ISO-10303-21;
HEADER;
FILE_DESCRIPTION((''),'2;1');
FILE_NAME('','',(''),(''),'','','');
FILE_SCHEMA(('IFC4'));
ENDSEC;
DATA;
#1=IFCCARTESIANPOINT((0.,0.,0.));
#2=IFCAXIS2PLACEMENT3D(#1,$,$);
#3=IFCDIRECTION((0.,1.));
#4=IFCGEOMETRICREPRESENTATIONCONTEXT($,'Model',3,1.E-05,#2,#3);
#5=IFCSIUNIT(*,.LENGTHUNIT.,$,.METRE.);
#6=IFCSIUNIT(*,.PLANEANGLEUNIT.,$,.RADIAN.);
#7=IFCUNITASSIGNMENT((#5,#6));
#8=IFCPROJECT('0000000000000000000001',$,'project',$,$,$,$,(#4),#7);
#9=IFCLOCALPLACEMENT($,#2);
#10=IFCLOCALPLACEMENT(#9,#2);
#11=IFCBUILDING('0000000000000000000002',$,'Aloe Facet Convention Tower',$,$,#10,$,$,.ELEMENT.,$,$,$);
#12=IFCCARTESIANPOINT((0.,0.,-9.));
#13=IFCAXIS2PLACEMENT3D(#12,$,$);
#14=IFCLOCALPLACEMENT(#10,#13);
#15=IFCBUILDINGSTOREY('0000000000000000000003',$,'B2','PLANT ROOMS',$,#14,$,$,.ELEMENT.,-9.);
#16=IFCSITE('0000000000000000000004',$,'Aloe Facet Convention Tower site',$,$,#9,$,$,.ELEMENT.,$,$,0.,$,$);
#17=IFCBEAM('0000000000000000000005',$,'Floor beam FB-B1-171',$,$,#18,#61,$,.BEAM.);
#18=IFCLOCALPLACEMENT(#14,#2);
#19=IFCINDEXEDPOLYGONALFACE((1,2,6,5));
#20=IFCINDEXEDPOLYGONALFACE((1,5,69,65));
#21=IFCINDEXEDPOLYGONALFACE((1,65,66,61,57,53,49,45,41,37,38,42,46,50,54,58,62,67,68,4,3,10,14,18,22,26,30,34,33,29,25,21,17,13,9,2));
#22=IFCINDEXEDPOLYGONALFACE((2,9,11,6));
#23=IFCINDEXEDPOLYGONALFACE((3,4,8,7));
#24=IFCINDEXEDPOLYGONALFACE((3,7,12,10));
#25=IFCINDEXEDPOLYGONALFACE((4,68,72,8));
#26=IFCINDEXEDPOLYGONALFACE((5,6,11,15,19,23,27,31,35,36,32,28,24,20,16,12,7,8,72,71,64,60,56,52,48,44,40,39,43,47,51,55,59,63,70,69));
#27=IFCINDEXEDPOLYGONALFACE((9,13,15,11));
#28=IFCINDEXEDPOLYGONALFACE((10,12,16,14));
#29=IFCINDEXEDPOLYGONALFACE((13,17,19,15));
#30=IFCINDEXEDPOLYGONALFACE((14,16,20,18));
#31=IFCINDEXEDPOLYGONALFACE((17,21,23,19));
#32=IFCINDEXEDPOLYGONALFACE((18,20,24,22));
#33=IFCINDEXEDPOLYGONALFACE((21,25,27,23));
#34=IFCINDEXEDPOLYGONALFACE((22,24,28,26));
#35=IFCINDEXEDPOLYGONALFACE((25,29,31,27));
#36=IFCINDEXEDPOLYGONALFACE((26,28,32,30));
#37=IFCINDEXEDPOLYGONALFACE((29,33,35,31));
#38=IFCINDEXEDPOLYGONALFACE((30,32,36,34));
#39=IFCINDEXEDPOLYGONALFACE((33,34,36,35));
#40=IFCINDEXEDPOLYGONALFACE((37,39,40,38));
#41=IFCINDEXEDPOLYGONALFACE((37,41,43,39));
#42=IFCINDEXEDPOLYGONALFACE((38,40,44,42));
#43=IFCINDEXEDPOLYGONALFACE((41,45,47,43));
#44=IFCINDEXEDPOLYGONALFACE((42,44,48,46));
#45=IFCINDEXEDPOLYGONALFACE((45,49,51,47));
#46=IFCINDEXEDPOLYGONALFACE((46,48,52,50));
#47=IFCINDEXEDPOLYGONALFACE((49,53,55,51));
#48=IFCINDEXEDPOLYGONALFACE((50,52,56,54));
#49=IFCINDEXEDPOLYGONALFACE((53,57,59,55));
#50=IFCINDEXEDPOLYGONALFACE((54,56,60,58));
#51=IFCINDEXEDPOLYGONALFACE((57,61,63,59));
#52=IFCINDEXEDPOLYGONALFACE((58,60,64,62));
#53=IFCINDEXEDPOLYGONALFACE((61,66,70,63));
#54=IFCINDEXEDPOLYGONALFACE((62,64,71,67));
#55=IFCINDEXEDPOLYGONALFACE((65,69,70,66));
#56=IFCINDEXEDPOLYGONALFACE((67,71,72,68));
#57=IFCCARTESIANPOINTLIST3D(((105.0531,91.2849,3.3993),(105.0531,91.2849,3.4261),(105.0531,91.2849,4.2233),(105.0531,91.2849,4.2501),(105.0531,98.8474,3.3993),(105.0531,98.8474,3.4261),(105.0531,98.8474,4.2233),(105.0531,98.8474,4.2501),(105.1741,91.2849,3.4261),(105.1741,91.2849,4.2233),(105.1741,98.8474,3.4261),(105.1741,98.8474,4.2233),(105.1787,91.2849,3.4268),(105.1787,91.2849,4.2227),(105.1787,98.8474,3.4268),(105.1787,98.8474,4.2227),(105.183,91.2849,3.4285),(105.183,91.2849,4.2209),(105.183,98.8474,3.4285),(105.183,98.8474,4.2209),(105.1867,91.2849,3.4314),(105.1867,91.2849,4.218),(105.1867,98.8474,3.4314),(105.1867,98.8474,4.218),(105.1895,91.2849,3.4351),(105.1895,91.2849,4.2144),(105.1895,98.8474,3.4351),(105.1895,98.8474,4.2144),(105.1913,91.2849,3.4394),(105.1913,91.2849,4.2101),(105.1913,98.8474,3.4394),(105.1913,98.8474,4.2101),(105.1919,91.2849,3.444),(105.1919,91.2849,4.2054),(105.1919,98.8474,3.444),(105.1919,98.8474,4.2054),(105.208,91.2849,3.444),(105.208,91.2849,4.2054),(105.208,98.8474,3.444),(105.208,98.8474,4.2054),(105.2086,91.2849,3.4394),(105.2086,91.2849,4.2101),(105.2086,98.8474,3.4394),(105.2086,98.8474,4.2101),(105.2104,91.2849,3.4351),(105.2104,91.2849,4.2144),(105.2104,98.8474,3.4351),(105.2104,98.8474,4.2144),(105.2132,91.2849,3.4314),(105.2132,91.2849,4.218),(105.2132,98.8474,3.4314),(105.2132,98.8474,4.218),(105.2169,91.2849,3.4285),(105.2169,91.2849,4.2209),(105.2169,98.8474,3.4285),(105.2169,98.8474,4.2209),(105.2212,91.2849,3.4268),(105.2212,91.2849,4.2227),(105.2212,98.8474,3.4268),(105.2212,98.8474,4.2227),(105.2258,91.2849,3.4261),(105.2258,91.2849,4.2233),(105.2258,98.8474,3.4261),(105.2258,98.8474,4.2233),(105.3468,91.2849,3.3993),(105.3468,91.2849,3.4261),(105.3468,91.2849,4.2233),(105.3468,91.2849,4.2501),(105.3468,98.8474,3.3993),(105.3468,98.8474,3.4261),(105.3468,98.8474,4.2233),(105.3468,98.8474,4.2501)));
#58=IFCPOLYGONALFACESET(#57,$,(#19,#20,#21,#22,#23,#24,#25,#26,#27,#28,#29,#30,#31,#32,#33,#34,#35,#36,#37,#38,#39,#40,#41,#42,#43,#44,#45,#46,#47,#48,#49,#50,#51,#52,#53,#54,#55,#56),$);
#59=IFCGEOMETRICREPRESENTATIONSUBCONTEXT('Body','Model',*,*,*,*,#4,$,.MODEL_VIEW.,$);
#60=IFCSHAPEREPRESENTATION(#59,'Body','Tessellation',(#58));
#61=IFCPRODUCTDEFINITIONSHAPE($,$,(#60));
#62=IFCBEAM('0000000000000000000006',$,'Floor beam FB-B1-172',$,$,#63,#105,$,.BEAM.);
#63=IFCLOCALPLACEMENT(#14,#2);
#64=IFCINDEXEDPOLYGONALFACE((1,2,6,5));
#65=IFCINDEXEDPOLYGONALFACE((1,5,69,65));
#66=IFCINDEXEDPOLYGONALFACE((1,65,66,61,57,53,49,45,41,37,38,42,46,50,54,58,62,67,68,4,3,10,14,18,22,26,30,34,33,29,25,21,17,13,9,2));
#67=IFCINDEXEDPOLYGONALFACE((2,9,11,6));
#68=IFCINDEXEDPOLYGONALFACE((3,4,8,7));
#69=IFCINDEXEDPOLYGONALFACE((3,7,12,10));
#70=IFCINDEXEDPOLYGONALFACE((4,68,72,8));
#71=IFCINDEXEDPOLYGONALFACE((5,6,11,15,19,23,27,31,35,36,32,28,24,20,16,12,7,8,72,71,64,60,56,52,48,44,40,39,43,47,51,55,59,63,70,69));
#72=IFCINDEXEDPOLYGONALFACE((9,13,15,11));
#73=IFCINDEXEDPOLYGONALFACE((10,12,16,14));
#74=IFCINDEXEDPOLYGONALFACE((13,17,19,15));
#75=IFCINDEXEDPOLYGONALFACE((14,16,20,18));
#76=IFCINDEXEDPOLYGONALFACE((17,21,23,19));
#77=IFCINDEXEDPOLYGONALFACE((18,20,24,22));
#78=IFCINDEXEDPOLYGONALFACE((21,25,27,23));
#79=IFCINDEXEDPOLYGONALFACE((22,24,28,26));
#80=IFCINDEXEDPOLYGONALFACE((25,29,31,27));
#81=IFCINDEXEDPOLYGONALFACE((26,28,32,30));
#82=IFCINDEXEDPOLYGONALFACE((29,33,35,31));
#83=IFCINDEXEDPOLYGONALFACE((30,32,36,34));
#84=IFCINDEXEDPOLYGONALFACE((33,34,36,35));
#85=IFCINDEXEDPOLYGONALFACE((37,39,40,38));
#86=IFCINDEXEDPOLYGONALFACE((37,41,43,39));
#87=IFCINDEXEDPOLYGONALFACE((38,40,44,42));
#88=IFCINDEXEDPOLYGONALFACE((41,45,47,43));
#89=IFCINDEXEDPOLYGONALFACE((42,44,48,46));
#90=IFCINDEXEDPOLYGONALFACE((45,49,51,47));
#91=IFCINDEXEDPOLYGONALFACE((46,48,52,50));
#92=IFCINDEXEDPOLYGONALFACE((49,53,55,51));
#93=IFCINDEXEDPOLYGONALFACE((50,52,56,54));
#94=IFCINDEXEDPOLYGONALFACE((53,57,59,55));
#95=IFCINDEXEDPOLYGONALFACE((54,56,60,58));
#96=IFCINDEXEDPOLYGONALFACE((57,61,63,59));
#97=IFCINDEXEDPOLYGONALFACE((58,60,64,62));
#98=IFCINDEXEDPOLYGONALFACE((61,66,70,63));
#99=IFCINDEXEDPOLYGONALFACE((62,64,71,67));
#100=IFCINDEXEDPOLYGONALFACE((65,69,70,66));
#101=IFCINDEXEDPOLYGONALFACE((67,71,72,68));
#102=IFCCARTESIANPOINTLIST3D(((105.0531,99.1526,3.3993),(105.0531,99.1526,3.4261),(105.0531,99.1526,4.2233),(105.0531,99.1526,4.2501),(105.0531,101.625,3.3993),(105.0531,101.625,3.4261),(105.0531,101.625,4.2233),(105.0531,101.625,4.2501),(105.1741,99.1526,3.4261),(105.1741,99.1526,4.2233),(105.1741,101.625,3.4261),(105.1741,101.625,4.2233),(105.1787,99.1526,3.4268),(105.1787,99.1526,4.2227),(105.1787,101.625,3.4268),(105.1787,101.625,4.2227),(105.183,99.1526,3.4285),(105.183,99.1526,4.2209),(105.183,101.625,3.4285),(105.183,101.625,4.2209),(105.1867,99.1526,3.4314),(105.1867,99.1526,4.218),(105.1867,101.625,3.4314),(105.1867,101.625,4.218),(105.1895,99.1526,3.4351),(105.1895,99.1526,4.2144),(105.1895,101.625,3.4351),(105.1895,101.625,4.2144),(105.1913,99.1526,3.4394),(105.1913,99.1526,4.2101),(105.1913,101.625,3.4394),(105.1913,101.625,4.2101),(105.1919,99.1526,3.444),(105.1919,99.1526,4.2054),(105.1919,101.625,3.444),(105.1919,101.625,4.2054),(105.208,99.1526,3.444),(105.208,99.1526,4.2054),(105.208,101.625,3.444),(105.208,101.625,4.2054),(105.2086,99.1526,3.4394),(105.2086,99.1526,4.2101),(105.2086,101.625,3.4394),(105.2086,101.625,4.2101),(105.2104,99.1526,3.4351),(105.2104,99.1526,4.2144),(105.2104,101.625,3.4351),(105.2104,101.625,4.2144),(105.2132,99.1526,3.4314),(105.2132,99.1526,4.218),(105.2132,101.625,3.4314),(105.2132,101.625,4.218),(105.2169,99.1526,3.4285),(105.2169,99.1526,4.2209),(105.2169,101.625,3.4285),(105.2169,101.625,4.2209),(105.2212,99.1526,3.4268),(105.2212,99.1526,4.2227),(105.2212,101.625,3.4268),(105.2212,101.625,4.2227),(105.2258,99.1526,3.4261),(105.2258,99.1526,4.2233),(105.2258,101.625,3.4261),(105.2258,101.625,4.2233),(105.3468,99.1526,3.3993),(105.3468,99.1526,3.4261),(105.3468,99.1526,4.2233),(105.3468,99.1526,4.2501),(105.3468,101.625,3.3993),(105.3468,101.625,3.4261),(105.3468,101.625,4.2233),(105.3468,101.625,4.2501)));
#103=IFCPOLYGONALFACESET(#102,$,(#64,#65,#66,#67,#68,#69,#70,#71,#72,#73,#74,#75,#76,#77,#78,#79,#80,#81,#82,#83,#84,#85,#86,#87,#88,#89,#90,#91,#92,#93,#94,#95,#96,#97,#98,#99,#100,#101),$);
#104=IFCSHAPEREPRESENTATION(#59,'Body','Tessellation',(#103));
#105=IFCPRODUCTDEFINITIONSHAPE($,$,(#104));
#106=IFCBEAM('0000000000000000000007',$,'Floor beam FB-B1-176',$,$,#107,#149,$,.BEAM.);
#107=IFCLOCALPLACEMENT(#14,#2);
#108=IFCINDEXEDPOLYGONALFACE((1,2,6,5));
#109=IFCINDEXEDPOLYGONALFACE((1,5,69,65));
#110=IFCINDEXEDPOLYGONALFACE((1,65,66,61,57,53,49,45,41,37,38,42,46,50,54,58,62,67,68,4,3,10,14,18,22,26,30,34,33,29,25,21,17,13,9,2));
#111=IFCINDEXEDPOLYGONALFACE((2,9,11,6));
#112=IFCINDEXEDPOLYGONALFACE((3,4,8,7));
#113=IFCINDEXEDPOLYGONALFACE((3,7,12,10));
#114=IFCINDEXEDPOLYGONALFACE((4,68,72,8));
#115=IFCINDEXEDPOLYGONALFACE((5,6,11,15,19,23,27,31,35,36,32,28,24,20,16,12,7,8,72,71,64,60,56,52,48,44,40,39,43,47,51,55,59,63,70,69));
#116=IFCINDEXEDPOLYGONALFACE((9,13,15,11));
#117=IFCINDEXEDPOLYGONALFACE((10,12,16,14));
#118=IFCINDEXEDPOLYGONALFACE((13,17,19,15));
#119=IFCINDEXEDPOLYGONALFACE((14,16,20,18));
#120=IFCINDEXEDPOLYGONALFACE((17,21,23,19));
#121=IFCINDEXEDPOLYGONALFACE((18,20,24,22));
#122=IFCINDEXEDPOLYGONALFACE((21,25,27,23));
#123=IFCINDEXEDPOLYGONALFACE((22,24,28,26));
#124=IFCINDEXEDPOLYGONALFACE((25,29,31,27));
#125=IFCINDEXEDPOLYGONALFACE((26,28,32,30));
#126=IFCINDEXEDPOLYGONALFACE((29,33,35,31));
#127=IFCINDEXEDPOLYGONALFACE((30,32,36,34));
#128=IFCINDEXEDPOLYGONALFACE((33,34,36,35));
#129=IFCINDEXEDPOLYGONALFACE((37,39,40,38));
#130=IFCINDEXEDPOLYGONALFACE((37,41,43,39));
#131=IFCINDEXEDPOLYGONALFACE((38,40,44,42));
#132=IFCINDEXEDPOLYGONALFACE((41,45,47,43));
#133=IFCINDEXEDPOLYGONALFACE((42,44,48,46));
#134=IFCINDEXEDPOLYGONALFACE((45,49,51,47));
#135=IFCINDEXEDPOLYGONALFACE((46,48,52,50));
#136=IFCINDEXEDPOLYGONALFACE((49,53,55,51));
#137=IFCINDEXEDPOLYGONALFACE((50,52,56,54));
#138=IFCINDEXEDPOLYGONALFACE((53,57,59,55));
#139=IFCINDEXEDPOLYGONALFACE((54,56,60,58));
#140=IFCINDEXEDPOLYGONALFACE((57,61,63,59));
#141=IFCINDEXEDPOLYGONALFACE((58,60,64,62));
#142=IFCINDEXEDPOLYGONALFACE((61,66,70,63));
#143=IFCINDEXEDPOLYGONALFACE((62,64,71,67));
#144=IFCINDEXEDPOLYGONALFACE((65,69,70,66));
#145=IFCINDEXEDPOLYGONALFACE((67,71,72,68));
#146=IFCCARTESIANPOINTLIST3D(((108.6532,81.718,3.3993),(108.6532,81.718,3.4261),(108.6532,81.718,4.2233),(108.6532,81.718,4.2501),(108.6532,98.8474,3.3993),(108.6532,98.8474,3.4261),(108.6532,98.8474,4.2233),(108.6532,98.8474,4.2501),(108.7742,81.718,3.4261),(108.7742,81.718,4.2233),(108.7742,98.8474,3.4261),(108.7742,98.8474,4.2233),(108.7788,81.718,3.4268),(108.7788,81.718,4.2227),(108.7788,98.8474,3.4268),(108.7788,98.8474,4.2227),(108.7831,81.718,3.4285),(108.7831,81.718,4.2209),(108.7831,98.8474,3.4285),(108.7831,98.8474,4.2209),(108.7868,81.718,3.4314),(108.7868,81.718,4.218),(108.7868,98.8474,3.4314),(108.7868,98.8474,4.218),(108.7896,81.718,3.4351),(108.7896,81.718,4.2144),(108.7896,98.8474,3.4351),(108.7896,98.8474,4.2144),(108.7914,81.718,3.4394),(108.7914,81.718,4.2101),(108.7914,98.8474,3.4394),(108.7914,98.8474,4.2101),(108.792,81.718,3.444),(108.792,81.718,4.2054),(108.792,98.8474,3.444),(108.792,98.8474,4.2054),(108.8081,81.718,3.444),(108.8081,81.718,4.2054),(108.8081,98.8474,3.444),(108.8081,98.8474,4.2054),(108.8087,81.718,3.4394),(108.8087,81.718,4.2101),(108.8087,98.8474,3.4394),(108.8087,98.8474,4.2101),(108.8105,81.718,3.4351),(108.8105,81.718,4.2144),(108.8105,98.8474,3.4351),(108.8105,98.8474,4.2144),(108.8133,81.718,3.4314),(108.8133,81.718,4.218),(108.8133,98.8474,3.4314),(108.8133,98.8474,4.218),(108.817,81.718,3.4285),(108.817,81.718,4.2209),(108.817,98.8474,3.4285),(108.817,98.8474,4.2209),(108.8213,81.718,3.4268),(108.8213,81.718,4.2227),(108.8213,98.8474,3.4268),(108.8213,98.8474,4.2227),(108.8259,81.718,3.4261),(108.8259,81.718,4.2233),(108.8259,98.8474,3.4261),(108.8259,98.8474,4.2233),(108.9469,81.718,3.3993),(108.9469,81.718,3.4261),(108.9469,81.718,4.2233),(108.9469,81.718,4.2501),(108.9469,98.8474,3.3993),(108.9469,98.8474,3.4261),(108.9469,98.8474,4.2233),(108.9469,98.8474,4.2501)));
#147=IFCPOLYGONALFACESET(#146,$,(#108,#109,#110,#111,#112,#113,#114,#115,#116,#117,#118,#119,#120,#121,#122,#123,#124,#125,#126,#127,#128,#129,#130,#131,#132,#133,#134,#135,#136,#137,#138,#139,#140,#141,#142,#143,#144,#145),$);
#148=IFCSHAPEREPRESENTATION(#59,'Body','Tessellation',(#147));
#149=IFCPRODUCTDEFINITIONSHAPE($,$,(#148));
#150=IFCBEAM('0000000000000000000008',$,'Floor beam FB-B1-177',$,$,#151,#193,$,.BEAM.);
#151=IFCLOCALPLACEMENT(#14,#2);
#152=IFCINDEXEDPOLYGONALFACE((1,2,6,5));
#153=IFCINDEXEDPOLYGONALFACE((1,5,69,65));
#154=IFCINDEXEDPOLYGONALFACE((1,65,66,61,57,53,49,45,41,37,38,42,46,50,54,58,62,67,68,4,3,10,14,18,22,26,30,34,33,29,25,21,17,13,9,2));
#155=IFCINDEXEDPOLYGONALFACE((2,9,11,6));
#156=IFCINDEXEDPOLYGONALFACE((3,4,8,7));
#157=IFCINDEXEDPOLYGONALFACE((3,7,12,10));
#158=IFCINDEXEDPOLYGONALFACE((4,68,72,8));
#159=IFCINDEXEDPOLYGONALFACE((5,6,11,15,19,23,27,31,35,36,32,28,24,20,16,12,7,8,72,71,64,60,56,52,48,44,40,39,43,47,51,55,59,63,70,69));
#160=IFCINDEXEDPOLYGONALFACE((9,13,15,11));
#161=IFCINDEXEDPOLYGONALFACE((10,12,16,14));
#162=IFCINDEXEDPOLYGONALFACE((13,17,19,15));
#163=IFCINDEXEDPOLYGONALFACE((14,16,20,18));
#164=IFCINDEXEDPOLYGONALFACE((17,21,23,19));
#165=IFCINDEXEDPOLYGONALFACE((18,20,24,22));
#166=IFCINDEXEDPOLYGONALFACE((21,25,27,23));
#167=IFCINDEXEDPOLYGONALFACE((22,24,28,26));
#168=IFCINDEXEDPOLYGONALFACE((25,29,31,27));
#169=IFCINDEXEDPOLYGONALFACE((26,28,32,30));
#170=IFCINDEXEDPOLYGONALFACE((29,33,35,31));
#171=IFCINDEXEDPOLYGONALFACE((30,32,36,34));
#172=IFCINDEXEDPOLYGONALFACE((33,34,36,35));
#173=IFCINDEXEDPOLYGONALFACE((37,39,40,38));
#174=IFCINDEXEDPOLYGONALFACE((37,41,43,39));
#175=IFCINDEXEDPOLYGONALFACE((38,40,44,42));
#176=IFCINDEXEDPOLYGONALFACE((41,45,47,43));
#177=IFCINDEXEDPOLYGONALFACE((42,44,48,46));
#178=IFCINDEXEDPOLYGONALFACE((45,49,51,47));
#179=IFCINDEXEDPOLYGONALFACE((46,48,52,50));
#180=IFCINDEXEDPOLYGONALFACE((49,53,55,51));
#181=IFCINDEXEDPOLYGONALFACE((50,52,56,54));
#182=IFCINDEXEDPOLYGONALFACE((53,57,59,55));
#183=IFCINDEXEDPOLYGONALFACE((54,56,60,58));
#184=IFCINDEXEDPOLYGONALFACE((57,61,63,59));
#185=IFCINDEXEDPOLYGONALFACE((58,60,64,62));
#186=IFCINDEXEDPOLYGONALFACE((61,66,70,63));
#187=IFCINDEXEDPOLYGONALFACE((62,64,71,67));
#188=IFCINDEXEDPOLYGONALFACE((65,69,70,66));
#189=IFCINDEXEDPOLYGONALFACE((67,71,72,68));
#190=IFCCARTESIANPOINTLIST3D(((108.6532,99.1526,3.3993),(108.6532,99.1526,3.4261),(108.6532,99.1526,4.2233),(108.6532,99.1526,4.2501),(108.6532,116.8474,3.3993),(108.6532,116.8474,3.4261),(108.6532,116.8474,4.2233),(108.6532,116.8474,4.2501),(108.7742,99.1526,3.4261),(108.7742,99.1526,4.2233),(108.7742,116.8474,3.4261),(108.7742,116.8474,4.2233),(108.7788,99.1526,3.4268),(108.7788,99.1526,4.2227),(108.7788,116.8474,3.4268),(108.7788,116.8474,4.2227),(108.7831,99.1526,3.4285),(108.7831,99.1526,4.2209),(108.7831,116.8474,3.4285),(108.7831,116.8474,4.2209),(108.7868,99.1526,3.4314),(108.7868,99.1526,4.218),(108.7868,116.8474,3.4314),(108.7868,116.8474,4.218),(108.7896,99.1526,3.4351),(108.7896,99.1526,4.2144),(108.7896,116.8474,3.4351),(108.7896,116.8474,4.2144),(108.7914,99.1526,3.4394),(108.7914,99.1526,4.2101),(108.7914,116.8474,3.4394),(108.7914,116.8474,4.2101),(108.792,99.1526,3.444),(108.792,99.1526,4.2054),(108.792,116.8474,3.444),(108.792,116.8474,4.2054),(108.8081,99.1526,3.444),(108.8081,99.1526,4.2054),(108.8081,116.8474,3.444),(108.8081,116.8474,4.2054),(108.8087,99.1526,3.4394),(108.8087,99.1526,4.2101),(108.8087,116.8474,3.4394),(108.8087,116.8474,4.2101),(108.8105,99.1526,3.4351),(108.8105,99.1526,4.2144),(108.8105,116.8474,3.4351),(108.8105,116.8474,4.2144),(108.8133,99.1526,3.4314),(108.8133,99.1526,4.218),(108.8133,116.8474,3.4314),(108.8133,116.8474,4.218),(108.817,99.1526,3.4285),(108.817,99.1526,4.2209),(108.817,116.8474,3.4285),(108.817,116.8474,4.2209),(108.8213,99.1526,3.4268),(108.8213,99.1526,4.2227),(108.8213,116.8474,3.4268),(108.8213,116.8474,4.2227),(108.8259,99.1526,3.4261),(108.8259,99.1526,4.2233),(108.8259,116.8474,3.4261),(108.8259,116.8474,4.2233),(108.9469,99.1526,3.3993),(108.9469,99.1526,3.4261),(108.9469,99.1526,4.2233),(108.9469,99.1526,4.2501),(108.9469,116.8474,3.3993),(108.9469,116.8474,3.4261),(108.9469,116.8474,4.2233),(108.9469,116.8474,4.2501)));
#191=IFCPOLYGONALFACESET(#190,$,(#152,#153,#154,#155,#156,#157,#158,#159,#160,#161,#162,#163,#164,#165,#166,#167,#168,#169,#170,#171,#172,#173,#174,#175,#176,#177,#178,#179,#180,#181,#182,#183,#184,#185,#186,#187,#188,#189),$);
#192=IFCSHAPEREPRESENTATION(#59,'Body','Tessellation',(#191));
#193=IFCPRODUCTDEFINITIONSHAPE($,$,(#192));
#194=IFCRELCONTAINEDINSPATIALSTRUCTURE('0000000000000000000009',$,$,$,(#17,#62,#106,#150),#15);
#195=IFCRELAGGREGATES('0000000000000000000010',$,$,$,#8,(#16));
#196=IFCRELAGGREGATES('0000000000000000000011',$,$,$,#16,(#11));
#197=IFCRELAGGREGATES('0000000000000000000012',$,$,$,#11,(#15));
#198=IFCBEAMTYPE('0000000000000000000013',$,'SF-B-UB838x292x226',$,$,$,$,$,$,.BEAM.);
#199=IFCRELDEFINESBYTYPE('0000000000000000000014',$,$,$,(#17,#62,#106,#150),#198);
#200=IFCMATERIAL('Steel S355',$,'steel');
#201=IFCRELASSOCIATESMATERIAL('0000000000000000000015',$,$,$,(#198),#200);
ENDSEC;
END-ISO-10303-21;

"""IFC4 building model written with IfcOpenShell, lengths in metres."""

from ifc_helpers import new_model, si_unit, direction, frame, origin, origin_2d, place, context, subcontext, project, spatial, i_section, extrude, material, material_profile, profile_set, type_object, element, save


model = new_model("IFC4")

# Units and contexts
model_context = context("Model", 3, precision=1e-05, world=origin(), true_north=direction((0.0, 1.0)))
body_context = subcontext(model_context, "Body", "Model", "MODEL_VIEW")
ifc_project = project(units=[si_unit("LENGTHUNIT", "METRE"), si_unit("PLANEANGLEUNIT", "RADIAN")], contexts=[model_context])

# Site, building, storey
site_placement = place(None, origin())
site = spatial("IfcSite", under=ifc_project, at=site_placement, Name="Aloe Facet Convention Tower site", CompositionType="ELEMENT", RefElevation=0.0)
building_placement = place(site_placement, origin())
building = spatial("IfcBuilding", under=site, at=building_placement, Name="Aloe Facet Convention Tower", CompositionType="ELEMENT")
storey_placement = place(building_placement, frame((0.0, 0.0, -9.0)))
storey = spatial("IfcBuildingStorey", under=building, at=storey_placement, Name="B2", Description="PLANT ROOMS", CompositionType="ELEMENT", Elevation=-9.0)

# Beams
ifc_material_1 = material(Name="Steel S355", Category="steel")
ifc_material_profile_1 = material_profile(ifc_material_1, i_section(OverallWidth=0.2937, OverallDepth=0.8508, WebThickness=0.0161, FlangeThickness=0.0269, FilletRadius=0.0178, at=origin_2d()), Name="UB 838x292x226")
ifc_profile_set_1 = profile_set([ifc_material_profile_1], Name="Steel S355")
beam_type_1 = type_object("IfcBeamType", Name="SF-B-UB838x292x226", PredefinedType="BEAM", material=ifc_profile_set_1)
beam_1_placement = place(storey_placement, frame((105.2, 91.2849, 3.8247), z_axis=(0.0, 1.0, 0.0), x_axis=(-1.0, 0.0, 0.0)))
element("IfcBeam", 1, at=beam_1_placement, inside=storey, type_object=beam_type_1, Name="Floor beam FB-B1-171", PredefinedType="BEAM", context=body_context, shape_type="SweptSolid", body=[
    extrude(i_section(OverallWidth=0.2937, OverallDepth=0.8508, WebThickness=0.0161, FlangeThickness=0.0269, FilletRadius=0.0178, at=origin_2d()), origin(), (0.0, 0.0, 1.0), 7.5625),
])
beam_2_placement = place(storey_placement, frame((105.2, 99.1526, 3.8247), z_axis=(0.0, 1.0, 0.0), x_axis=(-1.0, 0.0, 0.0)))
element("IfcBeam", 2, at=beam_2_placement, inside=storey, type_object=beam_type_1, Name="Floor beam FB-B1-172", PredefinedType="BEAM", context=body_context, shape_type="SweptSolid", body=[
    extrude(i_section(OverallWidth=0.2937, OverallDepth=0.8508, WebThickness=0.0161, FlangeThickness=0.0269, FilletRadius=0.0178, at=origin_2d()), origin(), (0.0, 0.0, 1.0), 2.4724),
])
beam_3_placement = place(storey_placement, frame((108.8, 81.718, 3.8247), z_axis=(0.0, 1.0, 0.0), x_axis=(-1.0, 0.0, 0.0)))
element("IfcBeam", 3, at=beam_3_placement, inside=storey, type_object=beam_type_1, Name="Floor beam FB-B1-176", PredefinedType="BEAM", context=body_context, shape_type="SweptSolid", body=[
    extrude(i_section(OverallWidth=0.2937, OverallDepth=0.8508, WebThickness=0.0161, FlangeThickness=0.0269, FilletRadius=0.0178, at=origin_2d()), origin(), (0.0, 0.0, 1.0), 17.1294),
])
beam_4_placement = place(storey_placement, frame((108.8, 99.1526, 3.8247), z_axis=(0.0, 1.0, 0.0), x_axis=(-1.0, 0.0, 0.0)))
element("IfcBeam", 4, at=beam_4_placement, inside=storey, type_object=beam_type_1, Name="Floor beam FB-B1-177", PredefinedType="BEAM", context=body_context, shape_type="SweptSolid", body=[
    extrude(i_section(OverallWidth=0.2937, OverallDepth=0.8508, WebThickness=0.0161, FlangeThickness=0.0269, FilletRadius=0.0178, at=origin_2d()), origin(), (0.0, 0.0, 1.0), 17.6948),
])

save(model, "model.ifc")
